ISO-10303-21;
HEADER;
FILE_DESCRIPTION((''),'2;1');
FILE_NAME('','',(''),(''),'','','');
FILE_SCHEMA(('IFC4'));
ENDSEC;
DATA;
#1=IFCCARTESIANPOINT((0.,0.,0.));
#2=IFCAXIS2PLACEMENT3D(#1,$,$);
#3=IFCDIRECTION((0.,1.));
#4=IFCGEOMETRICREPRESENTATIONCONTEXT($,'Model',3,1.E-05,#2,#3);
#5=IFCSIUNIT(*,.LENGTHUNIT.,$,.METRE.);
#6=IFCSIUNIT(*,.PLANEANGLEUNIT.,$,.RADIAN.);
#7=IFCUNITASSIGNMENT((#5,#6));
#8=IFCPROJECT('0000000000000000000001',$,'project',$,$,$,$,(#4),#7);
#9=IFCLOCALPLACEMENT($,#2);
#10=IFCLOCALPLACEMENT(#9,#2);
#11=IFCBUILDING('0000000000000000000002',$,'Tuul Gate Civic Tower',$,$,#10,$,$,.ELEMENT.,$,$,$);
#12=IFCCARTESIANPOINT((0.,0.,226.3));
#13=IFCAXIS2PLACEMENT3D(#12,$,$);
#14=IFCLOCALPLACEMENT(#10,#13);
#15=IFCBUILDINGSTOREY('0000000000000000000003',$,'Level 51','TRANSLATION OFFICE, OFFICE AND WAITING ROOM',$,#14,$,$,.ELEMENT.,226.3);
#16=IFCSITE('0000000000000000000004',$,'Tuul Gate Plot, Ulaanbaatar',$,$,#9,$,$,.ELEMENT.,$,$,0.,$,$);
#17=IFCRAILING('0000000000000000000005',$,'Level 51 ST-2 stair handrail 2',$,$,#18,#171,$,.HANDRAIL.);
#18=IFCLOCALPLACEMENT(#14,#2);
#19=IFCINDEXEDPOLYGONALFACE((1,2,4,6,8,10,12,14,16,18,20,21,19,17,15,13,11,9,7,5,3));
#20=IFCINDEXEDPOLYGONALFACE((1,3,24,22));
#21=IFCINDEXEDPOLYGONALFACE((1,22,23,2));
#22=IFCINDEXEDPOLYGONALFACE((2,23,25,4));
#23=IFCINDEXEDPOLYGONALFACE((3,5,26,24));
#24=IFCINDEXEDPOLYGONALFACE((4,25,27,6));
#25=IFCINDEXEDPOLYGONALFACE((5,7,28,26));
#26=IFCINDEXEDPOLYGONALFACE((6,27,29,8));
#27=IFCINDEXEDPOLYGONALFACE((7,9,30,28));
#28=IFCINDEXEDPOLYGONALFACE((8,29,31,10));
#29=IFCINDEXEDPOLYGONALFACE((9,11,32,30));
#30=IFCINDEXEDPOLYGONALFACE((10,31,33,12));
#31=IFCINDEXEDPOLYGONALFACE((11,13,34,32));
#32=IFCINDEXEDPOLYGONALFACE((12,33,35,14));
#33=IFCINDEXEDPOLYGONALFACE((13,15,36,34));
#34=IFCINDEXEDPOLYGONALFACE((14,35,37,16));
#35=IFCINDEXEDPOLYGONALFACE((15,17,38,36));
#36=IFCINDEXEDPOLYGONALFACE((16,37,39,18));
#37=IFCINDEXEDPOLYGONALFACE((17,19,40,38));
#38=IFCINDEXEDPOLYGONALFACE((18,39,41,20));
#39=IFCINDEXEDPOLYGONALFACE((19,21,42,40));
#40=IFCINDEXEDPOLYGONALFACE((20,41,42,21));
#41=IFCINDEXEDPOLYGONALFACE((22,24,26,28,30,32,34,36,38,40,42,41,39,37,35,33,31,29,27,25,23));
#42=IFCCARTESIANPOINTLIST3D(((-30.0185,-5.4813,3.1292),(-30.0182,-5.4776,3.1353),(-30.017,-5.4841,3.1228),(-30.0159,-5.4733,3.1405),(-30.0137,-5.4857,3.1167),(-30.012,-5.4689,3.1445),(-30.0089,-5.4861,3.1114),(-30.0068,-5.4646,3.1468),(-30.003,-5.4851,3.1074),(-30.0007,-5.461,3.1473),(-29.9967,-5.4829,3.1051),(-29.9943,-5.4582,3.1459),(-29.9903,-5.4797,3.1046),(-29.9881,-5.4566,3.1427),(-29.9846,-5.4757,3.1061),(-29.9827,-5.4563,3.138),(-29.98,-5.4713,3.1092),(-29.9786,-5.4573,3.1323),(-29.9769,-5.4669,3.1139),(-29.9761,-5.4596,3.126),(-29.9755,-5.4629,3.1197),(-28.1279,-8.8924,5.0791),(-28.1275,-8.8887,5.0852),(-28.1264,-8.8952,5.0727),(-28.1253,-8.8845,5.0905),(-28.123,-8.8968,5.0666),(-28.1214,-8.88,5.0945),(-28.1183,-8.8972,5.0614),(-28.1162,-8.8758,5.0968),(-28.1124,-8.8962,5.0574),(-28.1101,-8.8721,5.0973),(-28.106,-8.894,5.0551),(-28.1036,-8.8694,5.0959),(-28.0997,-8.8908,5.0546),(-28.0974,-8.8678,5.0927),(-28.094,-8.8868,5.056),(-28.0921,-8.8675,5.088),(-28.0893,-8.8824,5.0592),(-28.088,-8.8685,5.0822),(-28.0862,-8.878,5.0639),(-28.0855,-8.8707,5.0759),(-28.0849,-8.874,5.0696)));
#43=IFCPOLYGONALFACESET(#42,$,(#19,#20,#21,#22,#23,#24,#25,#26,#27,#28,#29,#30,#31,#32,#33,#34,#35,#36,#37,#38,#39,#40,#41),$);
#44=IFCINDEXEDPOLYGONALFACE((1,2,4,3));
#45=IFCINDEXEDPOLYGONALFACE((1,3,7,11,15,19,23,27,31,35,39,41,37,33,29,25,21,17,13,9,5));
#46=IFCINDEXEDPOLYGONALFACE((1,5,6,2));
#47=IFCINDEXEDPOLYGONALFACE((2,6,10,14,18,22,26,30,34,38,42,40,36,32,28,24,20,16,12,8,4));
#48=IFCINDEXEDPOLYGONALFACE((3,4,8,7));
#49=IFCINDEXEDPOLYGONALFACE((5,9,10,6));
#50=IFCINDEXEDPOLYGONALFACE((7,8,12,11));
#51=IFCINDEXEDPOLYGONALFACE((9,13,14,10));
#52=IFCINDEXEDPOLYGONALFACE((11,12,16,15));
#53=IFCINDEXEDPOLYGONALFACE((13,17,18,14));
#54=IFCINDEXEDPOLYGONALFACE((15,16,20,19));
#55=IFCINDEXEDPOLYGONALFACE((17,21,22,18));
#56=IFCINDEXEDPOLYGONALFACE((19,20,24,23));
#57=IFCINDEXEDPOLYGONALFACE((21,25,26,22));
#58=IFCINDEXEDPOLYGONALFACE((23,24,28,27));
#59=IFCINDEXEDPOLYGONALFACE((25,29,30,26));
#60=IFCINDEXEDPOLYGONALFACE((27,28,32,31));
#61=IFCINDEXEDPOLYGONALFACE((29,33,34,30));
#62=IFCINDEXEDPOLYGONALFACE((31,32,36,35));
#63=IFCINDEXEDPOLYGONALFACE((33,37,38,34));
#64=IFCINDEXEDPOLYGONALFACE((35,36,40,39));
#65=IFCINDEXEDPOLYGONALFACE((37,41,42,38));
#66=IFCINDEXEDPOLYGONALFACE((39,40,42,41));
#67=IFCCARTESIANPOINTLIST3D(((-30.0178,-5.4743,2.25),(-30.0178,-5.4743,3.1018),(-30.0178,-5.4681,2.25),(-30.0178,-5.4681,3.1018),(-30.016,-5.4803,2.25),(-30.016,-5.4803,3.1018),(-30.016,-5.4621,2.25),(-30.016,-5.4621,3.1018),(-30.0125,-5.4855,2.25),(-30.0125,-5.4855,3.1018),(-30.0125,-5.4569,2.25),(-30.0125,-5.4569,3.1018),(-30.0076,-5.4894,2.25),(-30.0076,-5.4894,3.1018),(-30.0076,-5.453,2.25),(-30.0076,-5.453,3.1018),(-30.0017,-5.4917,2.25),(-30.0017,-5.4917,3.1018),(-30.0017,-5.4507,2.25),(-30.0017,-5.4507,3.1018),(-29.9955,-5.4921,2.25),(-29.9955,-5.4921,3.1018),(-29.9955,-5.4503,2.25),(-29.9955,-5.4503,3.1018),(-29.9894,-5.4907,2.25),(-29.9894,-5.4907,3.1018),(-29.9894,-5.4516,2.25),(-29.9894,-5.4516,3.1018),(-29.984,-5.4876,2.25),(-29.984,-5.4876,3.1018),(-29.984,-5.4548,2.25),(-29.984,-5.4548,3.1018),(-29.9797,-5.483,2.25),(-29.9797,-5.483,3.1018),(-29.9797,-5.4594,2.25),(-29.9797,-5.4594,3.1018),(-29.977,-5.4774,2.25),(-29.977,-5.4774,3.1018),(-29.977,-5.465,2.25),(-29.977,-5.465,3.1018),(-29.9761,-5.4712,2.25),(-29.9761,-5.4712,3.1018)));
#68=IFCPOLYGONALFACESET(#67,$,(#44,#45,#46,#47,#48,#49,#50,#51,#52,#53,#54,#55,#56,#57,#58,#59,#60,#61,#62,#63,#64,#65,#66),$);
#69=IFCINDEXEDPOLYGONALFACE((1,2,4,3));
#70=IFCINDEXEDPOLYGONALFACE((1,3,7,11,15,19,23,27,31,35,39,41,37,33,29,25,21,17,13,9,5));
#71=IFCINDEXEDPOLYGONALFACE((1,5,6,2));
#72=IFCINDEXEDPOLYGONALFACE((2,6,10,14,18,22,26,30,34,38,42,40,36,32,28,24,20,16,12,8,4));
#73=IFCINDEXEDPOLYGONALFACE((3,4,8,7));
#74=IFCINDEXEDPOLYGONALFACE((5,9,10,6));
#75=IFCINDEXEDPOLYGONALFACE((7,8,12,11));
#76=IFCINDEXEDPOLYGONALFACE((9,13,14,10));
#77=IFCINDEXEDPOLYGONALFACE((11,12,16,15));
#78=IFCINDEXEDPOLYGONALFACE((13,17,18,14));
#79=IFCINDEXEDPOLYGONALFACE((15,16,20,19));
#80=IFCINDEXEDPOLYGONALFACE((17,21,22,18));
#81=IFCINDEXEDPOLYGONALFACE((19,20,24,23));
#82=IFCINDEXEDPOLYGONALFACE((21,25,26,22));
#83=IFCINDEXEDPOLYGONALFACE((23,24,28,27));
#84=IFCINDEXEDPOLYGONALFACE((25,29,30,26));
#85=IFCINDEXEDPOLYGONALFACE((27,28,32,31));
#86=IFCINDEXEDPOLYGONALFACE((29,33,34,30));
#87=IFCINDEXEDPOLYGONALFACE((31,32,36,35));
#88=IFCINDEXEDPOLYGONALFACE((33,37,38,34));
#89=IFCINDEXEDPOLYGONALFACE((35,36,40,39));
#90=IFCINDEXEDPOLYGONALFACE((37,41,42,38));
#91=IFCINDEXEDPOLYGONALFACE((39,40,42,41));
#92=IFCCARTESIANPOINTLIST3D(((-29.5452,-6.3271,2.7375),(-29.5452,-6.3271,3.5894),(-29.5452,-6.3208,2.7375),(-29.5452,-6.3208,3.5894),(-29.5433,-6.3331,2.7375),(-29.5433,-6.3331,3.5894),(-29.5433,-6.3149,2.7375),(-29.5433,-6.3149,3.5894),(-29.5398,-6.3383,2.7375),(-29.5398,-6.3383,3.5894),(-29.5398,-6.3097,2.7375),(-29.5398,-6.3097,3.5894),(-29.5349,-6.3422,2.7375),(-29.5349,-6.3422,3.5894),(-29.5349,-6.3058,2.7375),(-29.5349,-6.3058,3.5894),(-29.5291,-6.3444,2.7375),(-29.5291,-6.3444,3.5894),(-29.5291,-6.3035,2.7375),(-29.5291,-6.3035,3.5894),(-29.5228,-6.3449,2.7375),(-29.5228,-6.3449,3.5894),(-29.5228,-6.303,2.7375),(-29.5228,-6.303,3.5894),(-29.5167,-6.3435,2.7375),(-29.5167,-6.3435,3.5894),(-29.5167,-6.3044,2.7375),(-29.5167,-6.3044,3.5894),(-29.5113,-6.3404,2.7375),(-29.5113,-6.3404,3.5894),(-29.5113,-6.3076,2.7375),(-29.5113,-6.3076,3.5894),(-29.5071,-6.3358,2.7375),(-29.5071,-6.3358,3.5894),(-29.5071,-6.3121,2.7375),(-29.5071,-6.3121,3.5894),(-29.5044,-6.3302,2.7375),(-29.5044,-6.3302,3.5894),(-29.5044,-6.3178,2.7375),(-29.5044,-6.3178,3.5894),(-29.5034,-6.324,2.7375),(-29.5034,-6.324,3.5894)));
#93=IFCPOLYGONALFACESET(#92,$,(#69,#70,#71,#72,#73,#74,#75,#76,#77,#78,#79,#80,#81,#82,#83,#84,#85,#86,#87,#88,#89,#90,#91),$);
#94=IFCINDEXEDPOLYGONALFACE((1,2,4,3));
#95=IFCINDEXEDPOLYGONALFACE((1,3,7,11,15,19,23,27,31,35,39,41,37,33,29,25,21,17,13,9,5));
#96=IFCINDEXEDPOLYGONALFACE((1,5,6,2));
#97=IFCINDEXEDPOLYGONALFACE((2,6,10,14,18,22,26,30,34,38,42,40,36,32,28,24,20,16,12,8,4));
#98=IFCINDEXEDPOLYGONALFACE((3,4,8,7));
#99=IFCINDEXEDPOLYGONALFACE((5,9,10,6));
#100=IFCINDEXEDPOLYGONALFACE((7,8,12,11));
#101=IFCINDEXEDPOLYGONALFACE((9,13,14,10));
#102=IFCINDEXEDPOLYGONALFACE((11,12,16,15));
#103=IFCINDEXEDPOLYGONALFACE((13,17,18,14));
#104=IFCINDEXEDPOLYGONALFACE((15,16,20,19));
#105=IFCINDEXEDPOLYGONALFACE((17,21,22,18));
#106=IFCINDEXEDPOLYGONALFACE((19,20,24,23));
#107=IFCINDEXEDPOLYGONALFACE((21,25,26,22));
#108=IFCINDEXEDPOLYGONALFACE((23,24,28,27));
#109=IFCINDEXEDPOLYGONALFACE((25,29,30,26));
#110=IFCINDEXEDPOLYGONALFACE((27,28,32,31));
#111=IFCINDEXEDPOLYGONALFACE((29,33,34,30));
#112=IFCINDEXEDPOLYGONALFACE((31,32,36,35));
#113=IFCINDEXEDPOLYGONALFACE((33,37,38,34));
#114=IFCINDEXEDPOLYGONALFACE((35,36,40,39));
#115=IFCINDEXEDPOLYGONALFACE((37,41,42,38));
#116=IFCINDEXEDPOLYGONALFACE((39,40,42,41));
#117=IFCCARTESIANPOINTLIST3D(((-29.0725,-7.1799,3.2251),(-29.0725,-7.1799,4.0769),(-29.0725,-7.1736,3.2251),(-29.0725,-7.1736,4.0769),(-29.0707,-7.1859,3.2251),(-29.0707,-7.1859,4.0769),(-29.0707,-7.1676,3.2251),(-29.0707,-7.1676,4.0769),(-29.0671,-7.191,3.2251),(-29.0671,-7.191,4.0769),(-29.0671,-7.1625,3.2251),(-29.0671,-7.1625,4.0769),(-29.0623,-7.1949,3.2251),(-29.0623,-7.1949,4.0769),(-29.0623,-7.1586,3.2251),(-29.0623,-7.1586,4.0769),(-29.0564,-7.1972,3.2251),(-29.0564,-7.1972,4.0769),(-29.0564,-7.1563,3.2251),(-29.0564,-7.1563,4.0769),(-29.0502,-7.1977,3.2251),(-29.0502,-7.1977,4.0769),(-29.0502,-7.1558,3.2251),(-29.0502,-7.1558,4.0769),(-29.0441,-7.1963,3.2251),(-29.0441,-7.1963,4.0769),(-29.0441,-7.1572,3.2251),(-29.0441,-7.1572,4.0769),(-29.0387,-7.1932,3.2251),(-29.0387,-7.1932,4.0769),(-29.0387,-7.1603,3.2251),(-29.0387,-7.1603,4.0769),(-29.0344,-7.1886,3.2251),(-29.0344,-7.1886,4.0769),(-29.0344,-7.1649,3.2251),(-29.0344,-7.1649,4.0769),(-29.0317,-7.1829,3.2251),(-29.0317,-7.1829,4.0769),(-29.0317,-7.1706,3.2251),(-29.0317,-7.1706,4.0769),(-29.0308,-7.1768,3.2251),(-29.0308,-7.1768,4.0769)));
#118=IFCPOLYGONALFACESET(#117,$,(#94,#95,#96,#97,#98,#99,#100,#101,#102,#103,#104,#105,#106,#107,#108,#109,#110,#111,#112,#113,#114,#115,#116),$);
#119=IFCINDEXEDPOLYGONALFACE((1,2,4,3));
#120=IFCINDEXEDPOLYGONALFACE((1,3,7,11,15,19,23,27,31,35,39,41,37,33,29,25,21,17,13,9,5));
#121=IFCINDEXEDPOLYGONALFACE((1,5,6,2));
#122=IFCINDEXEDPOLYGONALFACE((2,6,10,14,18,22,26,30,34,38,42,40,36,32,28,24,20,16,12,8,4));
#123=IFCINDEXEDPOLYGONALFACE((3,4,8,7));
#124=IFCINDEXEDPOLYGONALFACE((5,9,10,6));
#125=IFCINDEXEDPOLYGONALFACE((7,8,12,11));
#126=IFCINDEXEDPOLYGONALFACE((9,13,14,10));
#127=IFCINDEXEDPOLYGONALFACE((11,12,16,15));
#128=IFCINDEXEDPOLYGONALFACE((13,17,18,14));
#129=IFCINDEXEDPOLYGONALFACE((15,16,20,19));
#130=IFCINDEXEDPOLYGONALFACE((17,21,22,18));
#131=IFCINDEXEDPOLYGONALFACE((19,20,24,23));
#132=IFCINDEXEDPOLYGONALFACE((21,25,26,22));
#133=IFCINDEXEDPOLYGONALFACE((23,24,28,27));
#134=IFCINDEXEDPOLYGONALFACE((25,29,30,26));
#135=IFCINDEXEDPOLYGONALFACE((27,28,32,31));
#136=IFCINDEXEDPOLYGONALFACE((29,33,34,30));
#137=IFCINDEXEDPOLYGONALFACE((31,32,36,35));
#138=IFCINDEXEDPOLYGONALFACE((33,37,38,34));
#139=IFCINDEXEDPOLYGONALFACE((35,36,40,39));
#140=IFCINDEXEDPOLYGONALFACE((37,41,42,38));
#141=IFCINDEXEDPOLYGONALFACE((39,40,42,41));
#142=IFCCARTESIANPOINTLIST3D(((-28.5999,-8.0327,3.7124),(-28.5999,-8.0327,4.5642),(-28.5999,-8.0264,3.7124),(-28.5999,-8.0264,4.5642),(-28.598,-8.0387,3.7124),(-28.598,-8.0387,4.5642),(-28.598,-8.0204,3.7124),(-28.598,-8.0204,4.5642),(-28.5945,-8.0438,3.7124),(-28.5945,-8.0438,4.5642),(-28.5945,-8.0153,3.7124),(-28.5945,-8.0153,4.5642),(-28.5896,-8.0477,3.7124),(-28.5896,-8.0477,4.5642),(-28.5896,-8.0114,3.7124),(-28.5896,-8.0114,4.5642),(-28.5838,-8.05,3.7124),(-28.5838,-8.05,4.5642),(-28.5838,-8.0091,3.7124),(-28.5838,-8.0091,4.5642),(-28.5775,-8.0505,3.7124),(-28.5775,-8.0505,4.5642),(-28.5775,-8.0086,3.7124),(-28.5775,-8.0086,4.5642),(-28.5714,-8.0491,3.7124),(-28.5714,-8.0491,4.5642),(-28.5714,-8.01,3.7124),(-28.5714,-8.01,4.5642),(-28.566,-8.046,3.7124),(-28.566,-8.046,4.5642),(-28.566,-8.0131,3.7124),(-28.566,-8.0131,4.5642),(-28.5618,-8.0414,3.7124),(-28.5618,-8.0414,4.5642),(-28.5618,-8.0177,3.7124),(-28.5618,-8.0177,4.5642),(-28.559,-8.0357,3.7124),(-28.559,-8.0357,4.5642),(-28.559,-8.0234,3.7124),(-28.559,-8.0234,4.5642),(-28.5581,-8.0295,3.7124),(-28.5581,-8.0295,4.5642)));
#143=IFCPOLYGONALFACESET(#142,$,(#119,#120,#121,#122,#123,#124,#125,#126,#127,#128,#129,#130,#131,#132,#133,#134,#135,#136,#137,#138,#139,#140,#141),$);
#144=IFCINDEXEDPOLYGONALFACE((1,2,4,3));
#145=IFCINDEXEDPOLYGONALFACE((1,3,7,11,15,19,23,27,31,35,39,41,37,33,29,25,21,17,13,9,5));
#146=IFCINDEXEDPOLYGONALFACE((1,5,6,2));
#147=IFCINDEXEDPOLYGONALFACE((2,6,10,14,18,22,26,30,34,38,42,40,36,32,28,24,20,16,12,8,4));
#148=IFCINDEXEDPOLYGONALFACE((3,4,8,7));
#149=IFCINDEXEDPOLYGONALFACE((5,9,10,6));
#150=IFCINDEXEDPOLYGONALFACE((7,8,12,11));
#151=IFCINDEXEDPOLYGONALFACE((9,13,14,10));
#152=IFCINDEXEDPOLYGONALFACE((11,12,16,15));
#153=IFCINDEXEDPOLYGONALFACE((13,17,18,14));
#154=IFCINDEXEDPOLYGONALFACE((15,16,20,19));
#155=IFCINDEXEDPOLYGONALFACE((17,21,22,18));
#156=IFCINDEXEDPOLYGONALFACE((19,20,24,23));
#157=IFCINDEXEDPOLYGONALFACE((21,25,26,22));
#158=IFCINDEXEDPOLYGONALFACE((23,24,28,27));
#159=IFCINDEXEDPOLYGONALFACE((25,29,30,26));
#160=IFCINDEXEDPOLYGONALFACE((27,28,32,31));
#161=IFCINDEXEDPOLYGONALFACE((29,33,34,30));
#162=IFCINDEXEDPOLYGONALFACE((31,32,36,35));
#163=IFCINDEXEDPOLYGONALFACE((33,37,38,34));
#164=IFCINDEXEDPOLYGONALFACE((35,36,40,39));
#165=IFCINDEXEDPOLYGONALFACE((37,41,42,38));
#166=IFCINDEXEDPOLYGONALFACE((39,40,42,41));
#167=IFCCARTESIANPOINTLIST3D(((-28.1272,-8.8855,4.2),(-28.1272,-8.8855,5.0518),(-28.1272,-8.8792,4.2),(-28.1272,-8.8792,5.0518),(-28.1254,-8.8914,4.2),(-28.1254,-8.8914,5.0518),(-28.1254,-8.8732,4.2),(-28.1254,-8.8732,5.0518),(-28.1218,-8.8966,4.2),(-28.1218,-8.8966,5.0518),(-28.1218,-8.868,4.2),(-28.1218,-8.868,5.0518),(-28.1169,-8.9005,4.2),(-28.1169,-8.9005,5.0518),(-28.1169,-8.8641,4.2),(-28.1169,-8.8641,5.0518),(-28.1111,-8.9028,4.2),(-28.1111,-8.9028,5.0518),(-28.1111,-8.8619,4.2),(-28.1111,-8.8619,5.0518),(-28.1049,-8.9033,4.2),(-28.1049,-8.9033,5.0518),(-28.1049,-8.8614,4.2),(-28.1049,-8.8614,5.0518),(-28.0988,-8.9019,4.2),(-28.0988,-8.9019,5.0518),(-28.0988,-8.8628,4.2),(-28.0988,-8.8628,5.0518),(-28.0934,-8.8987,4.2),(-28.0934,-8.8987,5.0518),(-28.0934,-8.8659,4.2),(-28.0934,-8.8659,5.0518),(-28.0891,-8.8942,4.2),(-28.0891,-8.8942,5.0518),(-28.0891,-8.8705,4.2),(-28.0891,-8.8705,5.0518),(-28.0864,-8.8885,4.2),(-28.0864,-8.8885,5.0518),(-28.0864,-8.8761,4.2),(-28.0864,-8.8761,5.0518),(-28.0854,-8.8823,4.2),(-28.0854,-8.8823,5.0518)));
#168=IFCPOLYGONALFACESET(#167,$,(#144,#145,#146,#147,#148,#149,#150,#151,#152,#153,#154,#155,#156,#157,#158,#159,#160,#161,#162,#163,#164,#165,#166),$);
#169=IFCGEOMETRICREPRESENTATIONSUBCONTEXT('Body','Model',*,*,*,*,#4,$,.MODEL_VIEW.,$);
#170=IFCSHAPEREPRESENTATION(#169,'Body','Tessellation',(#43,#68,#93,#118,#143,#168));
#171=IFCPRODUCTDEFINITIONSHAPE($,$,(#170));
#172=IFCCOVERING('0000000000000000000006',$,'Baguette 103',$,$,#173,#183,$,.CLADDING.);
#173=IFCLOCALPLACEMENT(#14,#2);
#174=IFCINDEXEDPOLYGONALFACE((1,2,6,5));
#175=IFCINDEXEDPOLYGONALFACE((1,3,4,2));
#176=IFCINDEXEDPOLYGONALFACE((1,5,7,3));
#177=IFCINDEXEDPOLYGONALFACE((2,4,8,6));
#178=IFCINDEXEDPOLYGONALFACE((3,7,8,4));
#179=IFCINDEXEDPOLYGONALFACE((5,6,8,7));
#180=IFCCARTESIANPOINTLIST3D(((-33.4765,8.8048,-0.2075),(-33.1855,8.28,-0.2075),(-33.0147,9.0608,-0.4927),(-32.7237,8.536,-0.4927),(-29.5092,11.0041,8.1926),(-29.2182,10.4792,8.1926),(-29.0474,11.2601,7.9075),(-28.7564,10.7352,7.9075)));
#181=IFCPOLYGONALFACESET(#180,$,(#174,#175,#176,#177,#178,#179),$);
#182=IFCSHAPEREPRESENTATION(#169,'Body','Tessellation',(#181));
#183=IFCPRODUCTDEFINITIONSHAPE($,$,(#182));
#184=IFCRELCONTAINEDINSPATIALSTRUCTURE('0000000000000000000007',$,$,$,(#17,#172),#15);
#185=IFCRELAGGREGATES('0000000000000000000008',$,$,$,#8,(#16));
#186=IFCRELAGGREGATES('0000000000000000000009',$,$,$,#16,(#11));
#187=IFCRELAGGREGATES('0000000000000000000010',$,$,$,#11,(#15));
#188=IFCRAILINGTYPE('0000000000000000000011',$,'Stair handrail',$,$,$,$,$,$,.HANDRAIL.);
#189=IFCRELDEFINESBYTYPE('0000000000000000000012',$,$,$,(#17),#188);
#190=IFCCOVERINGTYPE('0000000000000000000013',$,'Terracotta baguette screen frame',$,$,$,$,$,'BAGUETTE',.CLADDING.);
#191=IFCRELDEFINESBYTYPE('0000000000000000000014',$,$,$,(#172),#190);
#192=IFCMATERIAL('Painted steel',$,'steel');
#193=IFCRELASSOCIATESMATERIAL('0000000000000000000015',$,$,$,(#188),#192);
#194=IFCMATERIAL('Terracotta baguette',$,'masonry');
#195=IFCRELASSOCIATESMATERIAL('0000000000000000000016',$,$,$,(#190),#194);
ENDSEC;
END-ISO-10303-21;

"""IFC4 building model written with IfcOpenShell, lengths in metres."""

from ifc_helpers import new_model, si_unit, direction, frame, origin, origin_2d, place, context, subcontext, project, spatial, rectangle, circle, extrude, material, material_profile, profile_set, type_object, element, save


model = new_model("IFC4")

# Units and contexts
model_context = context("Model", 3, precision=1e-05, world=origin(), true_north=direction((0.0, 1.0)))
body_context = subcontext(model_context, "Body", "Model", "MODEL_VIEW")
ifc_project = project(units=[si_unit("LENGTHUNIT", "METRE"), si_unit("PLANEANGLEUNIT", "RADIAN")], contexts=[model_context])

# Site, building, storey
site_placement = place(None, origin())
site = spatial("IfcSite", under=ifc_project, at=site_placement, Name="Tuul Gate Plot, Ulaanbaatar", CompositionType="ELEMENT", RefElevation=0.0)
building_placement = place(site_placement, origin())
building = spatial("IfcBuilding", under=site, at=building_placement, Name="Tuul Gate Civic Tower", CompositionType="ELEMENT")
storey_placement = place(building_placement, frame((0.0, 0.0, 226.3)))
storey = spatial("IfcBuildingStorey", under=building, at=storey_placement, Name="Level 51", Description="TRANSLATION OFFICE, OFFICE AND WAITING ROOM", CompositionType="ELEMENT", Elevation=226.3)

# Railing
ifc_material_1 = material(Name="Painted steel", Category="steel")
railing_type = type_object("IfcRailingType", Name="Stair handrail", PredefinedType="HANDRAIL", material=ifc_material_1)
railing_placement = place(storey_placement, frame((-29.9971, -5.4712, 2.25)))
element("IfcRailing", 1, at=railing_placement, inside=storey, type_object=railing_type, Name="Level 51 ST-2 stair handrail 2", PredefinedType="HANDRAIL", context=body_context, shape_type="SweptSolid", body=[
    extrude(circle(Radius=0.0239, at=origin_2d()), frame((0.0, 0.0, 0.876), z_axis=(0.433595, -0.782308, 0.447201), x_axis=(0.874641, 0.484771, 0.0)), (0.0, 0.0, 1.0), 4.3604),
    extrude(circle(Radius=0.021, at=origin_2d()), origin(), (0.0, 0.0, 1.0), 0.8518),
    extrude(circle(Radius=0.021, at=origin_2d()), frame((0.4727, -0.8528, 0.4875)), (0.0, 0.0, 1.0), 0.8518),
    extrude(circle(Radius=0.021, at=origin_2d()), frame((0.9453, -1.7056, 0.9751)), (0.0, 0.0, 1.0), 0.8518),
    extrude(circle(Radius=0.021, at=origin_2d()), frame((1.418, -2.5583, 1.4624)), (0.0, 0.0, 1.0), 0.8518),
    extrude(circle(Radius=0.021, at=origin_2d()), frame((1.8906, -3.4111, 1.95)), (0.0, 0.0, 1.0), 0.8518),
])

# Covering
ifc_material_2 = material(Name="Terracotta baguette", Category="masonry")
ifc_material_profile_1 = material_profile(ifc_material_2, rectangle(XDim=0.6001, YDim=0.6001, at=origin_2d()), Name="Terracotta baguette screen frame")
ifc_profile_set_1 = profile_set([ifc_material_profile_1], Name="Terracotta baguette")
covering_type = type_object("IfcCoveringType", Name="Terracotta baguette screen frame", ElementType="BAGUETTE", PredefinedType="CLADDING", material=ifc_profile_set_1)
covering_placement = place(storey_placement, frame((-29.1328, 10.8696, 8.05), z_axis=(-0.415569, -0.230366, -0.879906), x_axis=(0.484829, -0.874609, 0.0)))
element("IfcCovering", 2, at=covering_placement, inside=storey, type_object=covering_type, Name="Baguette 103", PredefinedType="CLADDING", context=body_context, shape_type="SweptSolid", body=[
    extrude(rectangle(XDim=0.6001, YDim=0.6001, at=origin_2d()), origin(), (0.0, 0.0, 1.0), 9.5466),
])

save(model, "model.ifc")
